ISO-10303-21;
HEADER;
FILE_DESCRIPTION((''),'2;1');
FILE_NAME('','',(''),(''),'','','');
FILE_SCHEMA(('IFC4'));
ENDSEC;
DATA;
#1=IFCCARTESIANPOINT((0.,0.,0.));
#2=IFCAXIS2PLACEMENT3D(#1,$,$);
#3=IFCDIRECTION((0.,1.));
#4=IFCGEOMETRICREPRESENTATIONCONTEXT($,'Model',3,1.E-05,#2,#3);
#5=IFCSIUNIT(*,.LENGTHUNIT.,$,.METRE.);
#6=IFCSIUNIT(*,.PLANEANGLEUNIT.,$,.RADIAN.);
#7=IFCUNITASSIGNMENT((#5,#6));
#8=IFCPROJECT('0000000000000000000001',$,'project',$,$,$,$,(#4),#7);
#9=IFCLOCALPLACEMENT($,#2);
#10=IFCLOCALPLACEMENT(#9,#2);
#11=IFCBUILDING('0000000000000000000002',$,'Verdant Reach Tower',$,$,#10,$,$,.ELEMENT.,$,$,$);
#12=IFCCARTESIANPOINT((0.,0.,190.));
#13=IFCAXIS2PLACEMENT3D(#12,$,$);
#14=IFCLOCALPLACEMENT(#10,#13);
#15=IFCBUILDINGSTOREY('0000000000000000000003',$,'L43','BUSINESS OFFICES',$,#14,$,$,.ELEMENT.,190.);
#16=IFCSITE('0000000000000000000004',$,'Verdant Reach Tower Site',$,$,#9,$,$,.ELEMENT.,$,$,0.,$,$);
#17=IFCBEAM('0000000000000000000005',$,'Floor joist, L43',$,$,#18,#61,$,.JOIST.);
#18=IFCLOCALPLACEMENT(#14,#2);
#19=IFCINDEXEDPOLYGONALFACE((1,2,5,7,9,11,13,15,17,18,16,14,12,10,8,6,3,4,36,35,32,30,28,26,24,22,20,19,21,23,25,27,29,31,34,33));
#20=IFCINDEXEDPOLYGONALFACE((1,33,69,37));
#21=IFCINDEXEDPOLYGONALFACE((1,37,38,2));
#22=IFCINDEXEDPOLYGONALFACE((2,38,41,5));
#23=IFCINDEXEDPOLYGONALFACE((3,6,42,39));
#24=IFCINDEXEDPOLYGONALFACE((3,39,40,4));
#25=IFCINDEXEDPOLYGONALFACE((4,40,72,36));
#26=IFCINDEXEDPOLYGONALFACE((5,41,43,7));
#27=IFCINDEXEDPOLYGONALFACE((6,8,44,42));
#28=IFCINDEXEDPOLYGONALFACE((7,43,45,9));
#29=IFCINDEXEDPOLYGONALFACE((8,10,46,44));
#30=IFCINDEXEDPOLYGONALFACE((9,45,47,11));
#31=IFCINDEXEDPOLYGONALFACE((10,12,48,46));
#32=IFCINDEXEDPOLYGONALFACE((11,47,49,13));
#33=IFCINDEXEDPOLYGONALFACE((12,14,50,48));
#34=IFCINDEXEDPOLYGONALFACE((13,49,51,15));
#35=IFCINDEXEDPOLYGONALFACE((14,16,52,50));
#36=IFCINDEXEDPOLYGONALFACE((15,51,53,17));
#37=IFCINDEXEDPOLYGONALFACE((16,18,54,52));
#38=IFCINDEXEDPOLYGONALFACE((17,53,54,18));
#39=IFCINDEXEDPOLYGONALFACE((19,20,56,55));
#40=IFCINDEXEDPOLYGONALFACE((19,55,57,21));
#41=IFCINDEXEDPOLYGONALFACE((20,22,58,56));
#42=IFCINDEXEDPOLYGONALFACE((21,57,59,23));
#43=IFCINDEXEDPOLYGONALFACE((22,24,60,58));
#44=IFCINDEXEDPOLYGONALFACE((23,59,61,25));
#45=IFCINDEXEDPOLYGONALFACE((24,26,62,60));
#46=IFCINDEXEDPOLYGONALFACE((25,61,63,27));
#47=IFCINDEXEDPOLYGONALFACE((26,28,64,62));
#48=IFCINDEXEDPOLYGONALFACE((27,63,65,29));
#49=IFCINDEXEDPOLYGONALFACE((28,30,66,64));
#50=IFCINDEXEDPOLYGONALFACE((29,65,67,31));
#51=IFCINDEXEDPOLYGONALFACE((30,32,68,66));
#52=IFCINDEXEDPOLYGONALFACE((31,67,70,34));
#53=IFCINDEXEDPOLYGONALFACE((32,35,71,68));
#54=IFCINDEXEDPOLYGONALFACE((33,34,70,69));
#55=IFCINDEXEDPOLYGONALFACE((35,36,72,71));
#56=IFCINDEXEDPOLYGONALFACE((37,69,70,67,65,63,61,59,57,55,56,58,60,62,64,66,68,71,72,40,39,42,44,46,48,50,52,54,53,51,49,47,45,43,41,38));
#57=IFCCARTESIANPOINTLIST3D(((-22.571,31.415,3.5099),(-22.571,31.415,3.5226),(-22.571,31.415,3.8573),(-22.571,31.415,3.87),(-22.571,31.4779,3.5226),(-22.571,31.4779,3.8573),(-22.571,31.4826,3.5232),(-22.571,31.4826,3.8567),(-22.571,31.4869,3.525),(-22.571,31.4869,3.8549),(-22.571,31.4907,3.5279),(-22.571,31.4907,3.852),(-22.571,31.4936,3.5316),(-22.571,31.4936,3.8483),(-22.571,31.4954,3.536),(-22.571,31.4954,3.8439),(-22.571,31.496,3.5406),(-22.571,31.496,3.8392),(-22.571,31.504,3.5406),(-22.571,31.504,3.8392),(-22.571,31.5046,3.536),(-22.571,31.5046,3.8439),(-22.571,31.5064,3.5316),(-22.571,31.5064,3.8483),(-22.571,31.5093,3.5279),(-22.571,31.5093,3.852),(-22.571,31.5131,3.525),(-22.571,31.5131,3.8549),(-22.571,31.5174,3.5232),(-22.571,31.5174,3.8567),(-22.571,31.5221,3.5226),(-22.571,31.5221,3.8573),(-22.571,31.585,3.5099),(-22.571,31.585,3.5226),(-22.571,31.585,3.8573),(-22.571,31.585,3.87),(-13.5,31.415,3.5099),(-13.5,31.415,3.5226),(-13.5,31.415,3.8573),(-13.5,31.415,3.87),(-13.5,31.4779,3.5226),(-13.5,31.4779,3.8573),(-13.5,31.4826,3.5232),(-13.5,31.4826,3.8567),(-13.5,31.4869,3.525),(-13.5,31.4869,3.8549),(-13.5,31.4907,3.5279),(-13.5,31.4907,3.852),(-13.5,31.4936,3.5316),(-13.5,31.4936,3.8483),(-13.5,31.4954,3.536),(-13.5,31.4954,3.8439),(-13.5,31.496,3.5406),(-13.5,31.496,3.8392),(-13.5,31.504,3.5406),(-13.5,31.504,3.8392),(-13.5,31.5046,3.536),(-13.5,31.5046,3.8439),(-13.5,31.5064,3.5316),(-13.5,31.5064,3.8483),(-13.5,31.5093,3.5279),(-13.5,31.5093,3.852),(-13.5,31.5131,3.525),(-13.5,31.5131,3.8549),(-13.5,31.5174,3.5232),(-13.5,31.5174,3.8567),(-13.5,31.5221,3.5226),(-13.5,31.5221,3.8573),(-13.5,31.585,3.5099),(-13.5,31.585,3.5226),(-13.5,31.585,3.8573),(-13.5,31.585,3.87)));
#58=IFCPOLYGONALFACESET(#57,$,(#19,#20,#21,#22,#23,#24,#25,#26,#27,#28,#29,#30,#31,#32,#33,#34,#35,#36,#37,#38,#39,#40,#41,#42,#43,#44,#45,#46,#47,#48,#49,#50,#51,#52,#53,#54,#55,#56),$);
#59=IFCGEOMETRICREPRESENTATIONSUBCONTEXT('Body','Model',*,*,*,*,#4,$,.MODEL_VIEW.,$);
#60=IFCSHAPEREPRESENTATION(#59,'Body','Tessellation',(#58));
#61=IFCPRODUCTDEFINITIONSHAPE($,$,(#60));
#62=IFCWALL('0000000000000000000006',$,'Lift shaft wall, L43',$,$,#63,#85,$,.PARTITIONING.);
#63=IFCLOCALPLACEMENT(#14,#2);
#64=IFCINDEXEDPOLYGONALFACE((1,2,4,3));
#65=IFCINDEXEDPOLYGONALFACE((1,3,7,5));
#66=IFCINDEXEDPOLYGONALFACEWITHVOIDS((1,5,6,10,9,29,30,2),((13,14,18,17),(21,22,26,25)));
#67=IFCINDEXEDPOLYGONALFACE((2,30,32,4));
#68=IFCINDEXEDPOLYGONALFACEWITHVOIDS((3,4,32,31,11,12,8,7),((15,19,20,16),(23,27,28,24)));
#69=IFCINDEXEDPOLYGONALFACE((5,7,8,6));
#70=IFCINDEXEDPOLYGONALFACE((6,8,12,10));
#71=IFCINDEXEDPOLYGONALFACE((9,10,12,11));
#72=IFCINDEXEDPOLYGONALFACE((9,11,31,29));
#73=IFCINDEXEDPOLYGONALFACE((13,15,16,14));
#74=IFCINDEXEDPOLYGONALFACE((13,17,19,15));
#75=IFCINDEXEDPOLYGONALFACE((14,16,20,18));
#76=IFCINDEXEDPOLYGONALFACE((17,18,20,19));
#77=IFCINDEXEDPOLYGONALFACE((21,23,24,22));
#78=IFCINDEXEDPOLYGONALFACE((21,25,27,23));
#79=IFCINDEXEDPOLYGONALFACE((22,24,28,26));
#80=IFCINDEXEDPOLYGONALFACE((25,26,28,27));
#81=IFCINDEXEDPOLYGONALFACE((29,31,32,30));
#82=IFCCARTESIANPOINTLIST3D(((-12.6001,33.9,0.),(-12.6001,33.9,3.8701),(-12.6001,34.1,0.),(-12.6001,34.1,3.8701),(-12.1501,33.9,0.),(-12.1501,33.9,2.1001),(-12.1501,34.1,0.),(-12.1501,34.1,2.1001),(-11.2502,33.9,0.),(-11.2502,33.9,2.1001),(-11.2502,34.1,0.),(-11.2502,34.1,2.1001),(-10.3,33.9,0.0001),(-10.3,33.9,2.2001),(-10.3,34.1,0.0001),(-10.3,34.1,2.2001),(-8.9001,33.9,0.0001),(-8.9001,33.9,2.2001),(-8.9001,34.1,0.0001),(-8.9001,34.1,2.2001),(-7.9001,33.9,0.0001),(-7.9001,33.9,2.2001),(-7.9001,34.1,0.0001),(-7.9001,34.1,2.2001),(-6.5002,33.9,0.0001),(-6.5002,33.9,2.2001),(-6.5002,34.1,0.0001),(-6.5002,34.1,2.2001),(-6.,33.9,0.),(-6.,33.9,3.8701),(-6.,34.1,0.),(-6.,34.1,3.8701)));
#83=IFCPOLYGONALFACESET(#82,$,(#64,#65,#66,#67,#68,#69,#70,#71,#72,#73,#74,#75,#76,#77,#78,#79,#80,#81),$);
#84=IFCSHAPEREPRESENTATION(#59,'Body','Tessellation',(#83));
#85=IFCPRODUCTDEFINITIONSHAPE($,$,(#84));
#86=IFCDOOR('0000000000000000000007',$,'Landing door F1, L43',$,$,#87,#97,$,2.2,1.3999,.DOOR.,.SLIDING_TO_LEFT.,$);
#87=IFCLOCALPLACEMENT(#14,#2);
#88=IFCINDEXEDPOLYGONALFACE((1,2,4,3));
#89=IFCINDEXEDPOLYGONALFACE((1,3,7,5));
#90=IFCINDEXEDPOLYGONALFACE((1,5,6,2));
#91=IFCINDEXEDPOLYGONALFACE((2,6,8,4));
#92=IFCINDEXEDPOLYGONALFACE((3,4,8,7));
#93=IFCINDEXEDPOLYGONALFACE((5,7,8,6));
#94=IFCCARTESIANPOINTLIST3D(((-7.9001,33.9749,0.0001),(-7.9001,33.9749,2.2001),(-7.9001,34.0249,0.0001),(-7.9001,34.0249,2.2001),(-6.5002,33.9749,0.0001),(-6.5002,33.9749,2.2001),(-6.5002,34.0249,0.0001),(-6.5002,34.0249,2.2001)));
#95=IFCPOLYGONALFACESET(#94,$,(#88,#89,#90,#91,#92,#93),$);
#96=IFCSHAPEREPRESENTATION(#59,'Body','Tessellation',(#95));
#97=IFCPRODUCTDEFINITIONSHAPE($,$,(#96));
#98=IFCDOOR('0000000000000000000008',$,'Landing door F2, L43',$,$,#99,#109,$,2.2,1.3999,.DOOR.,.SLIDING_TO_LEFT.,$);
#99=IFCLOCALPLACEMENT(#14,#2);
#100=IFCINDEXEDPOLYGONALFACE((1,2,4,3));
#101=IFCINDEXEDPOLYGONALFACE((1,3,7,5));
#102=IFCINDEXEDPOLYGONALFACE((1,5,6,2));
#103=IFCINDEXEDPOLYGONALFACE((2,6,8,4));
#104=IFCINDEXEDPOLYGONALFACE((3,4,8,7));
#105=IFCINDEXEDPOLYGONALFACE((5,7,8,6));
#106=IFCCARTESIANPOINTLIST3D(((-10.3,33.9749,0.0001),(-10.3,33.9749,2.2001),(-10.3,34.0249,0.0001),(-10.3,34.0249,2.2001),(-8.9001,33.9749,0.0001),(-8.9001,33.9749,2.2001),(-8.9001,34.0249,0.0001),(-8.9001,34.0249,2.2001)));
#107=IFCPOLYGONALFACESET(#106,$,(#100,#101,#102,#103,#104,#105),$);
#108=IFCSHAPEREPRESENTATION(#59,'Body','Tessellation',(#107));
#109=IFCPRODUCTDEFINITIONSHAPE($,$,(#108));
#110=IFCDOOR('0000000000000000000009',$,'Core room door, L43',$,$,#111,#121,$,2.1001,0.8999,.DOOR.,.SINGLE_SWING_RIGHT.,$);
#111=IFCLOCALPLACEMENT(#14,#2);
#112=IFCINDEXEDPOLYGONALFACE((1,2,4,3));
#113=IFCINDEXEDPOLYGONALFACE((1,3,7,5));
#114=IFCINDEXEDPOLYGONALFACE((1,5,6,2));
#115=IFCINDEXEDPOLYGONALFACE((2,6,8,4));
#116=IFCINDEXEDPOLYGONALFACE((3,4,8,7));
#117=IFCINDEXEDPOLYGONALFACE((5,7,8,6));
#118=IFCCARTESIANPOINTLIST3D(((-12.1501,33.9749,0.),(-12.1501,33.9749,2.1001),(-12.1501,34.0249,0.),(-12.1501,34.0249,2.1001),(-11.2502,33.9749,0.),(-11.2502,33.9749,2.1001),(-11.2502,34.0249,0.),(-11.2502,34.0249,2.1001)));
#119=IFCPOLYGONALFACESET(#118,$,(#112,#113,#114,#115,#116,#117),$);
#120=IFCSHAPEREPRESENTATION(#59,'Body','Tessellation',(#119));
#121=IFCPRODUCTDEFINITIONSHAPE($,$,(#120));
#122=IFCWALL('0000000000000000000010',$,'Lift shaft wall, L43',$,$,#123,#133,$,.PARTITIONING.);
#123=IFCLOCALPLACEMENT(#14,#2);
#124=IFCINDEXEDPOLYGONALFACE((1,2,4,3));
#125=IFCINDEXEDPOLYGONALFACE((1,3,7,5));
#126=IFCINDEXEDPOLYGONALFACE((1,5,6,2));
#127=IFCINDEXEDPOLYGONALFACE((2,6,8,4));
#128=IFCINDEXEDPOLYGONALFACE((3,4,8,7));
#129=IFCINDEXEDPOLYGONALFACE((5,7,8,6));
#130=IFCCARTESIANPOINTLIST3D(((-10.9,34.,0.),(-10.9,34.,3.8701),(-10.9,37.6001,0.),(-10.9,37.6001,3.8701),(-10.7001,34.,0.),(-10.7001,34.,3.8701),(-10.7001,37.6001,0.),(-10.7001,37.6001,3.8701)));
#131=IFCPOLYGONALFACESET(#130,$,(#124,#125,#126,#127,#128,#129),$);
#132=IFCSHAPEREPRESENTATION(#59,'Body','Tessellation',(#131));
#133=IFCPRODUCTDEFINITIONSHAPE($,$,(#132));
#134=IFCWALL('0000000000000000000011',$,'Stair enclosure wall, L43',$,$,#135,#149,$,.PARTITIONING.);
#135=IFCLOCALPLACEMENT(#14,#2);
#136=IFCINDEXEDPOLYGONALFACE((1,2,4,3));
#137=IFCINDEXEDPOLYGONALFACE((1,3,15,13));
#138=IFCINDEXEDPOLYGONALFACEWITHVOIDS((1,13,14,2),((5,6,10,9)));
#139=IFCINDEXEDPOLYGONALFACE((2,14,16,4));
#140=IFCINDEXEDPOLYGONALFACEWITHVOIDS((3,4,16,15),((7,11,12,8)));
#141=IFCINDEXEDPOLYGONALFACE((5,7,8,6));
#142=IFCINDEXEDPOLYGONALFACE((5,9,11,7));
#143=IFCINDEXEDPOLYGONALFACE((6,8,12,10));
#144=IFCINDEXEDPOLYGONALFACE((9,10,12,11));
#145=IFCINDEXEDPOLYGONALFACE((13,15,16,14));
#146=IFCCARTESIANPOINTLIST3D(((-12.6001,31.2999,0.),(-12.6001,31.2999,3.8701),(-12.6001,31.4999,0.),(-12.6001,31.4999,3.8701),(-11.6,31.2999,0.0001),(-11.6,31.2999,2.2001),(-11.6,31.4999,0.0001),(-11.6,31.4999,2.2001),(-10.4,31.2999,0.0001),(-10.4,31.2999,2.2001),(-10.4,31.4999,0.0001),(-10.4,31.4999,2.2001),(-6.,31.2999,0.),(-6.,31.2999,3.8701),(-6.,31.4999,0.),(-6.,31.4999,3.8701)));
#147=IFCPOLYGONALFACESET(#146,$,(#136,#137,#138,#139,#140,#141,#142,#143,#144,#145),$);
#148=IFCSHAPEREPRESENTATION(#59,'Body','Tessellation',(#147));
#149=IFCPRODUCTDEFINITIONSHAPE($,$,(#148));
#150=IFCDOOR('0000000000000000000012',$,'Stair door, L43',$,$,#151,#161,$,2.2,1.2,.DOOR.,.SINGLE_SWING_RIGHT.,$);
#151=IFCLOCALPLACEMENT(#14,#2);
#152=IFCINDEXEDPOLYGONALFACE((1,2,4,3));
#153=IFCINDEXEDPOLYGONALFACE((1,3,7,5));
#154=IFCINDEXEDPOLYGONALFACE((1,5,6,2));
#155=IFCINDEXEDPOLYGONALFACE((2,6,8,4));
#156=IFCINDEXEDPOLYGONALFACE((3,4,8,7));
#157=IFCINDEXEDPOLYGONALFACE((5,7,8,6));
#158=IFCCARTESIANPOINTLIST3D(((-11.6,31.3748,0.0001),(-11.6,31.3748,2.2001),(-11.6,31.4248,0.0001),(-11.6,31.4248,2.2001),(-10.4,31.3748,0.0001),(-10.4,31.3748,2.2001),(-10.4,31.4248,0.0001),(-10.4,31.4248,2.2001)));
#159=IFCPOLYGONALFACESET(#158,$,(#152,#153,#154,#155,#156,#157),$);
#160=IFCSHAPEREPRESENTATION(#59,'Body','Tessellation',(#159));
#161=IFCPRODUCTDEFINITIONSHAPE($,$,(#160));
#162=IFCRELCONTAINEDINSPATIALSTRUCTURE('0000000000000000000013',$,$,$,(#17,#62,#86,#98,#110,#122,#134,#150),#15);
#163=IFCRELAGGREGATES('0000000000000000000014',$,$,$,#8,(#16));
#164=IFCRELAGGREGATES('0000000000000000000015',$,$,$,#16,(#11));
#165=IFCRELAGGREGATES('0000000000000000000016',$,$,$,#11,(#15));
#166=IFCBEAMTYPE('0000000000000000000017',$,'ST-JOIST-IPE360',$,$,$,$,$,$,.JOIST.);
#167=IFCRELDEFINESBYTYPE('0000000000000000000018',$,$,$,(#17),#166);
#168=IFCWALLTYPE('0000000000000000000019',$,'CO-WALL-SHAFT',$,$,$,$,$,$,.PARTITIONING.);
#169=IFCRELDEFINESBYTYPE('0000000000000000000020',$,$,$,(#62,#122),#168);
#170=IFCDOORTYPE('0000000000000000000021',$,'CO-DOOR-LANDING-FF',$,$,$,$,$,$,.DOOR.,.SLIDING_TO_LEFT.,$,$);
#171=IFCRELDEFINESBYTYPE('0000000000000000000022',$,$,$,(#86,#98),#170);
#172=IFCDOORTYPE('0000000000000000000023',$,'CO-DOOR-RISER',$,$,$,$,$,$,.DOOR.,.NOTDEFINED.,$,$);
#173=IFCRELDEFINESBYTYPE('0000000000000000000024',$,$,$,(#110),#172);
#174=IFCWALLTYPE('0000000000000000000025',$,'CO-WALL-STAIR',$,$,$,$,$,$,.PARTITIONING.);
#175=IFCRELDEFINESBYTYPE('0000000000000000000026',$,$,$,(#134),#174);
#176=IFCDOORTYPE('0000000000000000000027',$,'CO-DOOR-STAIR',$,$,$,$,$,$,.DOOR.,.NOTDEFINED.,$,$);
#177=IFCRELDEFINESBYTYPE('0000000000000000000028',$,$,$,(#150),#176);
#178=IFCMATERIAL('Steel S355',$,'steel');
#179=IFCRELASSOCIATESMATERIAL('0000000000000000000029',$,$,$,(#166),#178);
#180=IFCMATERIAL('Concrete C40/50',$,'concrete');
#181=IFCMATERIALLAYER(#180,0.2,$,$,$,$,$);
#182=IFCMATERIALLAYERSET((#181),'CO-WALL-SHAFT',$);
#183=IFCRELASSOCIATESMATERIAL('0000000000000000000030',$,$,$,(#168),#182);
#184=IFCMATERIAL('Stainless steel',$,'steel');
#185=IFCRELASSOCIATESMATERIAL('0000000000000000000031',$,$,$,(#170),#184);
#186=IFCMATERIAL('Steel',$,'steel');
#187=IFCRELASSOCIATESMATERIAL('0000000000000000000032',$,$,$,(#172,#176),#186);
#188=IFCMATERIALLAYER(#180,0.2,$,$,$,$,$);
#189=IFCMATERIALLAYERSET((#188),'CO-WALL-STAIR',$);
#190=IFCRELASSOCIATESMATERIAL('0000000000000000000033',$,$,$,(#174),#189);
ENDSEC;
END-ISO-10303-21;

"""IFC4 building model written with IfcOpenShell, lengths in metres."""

from ifc_helpers import new_model, si_unit, direction, frame, frame_2d, origin, origin_2d, place, context, subcontext, project, spatial, rectangle, i_section, extrude, material, layer, layer_set, material_profile, profile_set, type_object, element, fill, save


model = new_model("IFC4")

# Units and contexts
model_context = context("Model", 3, precision=1e-05, world=origin(), true_north=direction((0.0, 1.0)))
body_context = subcontext(model_context, "Body", "Model", "MODEL_VIEW")
ifc_project = project(units=[si_unit("LENGTHUNIT", "METRE"), si_unit("PLANEANGLEUNIT", "RADIAN")], contexts=[model_context])

# Site, building, storey
site_placement = place(None, origin())
site = spatial("IfcSite", under=ifc_project, at=site_placement, Name="Verdant Reach Tower Site", CompositionType="ELEMENT", RefElevation=0.0)
building_placement = place(site_placement, origin())
building = spatial("IfcBuilding", under=site, at=building_placement, Name="Verdant Reach Tower", CompositionType="ELEMENT")
storey_placement = place(building_placement, frame((0.0, 0.0, 190.0)))
storey = spatial("IfcBuildingStorey", under=building, at=storey_placement, Name="L43", Description="BUSINESS OFFICES", CompositionType="ELEMENT", Elevation=190.0)

# Beam
ifc_material_1 = material(Name="Steel S355", Category="steel")
ifc_material_profile = material_profile(ifc_material_1, i_section(OverallWidth=0.1699, OverallDepth=0.3601, WebThickness=0.0081, FlangeThickness=0.0127, FilletRadius=0.0181, at=origin_2d()), Name="IPE 360")
ifc_profile_set = profile_set([ifc_material_profile], Name="Steel S355")
beam_type = type_object("IfcBeamType", Name="ST-JOIST-IPE360", PredefinedType="JOIST", material=ifc_profile_set)
beam_placement = place(storey_placement, frame((-13.5, 31.5, 3.6899), z_axis=(-1.0, 0.0, 0.0), x_axis=(0.0, -1.0, 0.0)))
element("IfcBeam", 1, at=beam_placement, inside=storey, type_object=beam_type, Name="Floor joist, L43", PredefinedType="JOIST", context=body_context, shape_type="SweptSolid", body=[
    extrude(i_section(OverallWidth=0.1699, OverallDepth=0.3601, WebThickness=0.0081, FlangeThickness=0.0127, FilletRadius=0.0181, at=origin_2d()), origin(), (0.0, 0.0, 1.0), 9.071),
])

# Wall, openings, doors
ifc_material_2 = material(Name="Concrete C40/50", Category="concrete")
ifc_layer_1 = layer(ifc_material_2, 0.2)
ifc_layer_set_1 = layer_set([ifc_layer_1], Name="CO-WALL-SHAFT")
wall_type_1 = type_object("IfcWallType", Name="CO-WALL-SHAFT", PredefinedType="PARTITIONING", material=ifc_layer_set_1)
wall_1_placement = place(storey_placement, frame((-12.6001, 34.0, 0.0), z_axis=(0.0, 0.0, 1.0), x_axis=(1.0, 0.0, 0.0)))
wall_1 = element("IfcWall", 2, at=wall_1_placement, inside=storey, type_object=wall_type_1, Name="Lift shaft wall, L43", PredefinedType="PARTITIONING", context=body_context, shape_type="SweptSolid", body=[
    extrude(rectangle(XDim=6.6001, YDim=0.2, at=frame_2d((3.3, 0.0))), origin(), (0.0, 0.0, 1.0), 3.8701),
])
opening_1_placement = place(wall_1_placement, frame((4.7, 0.0, 0.0)))
opening_1 = element("IfcOpeningElement", 3, at=opening_1_placement, cuts=wall_1, PredefinedType="OPENING", context=body_context, shape_type="SweptSolid", body=[
    extrude(rectangle(XDim=1.3999, YDim=2.2, at=frame_2d((0.7, 1.1001))), frame((0.0, 0.1099, 0.0), z_axis=(0.0, -1.0, 0.0), x_axis=(1.0, 0.0, 0.0)), (0.0, 0.0, 1.0), 0.22),
])
opening_2_placement = place(wall_1_placement, frame((2.3, 0.0, 0.0)))
opening_2 = element("IfcOpeningElement", 4, at=opening_2_placement, cuts=wall_1, PredefinedType="OPENING", context=body_context, shape_type="SweptSolid", body=[
    extrude(rectangle(XDim=1.3999, YDim=2.2, at=frame_2d((0.7, 1.1001))), frame((0.0, 0.1099, 0.0), z_axis=(0.0, -1.0, 0.0), x_axis=(1.0, 0.0, 0.0)), (0.0, 0.0, 1.0), 0.22),
])
opening_3_placement = place(wall_1_placement, frame((0.45, 0.0, 0.0)))
opening_3 = element("IfcOpeningElement", 5, at=opening_3_placement, cuts=wall_1, PredefinedType="OPENING", context=body_context, shape_type="SweptSolid", body=[
    extrude(rectangle(XDim=0.8999, YDim=2.1001, at=frame_2d((0.45, 1.05))), frame((0.0, 0.1099, 0.0), z_axis=(0.0, -1.0, 0.0), x_axis=(1.0, 0.0, 0.0)), (0.0, 0.0, 1.0), 0.22),
])
ifc_material_3 = material(Name="Stainless steel", Category="steel")
door_type_1 = type_object("IfcDoorType", Name="CO-DOOR-LANDING-FF", OperationType="SLIDING_TO_LEFT", PredefinedType="DOOR", material=ifc_material_3)
door_1_placement = place(opening_1_placement, origin())
door_1 = element("IfcDoor", 6, at=door_1_placement, inside=storey, type_object=door_type_1, Name="Landing door F1, L43", OperationType="SLIDING_TO_LEFT", OverallHeight=2.2, OverallWidth=1.3999, PredefinedType="DOOR", context=body_context, shape_type="SweptSolid", body=[
    extrude(rectangle(XDim=1.3999, YDim=2.2, at=frame_2d((0.7, 1.1001))), frame((0.0, 0.0249, 0.0), z_axis=(0.0, -1.0, 0.0), x_axis=(1.0, 0.0, 0.0)), (0.0, 0.0, 1.0), 0.05),
])
fill(opening_1, door_1)
door_2_placement = place(opening_2_placement, origin())
door_2 = element("IfcDoor", 7, at=door_2_placement, inside=storey, type_object=door_type_1, Name="Landing door F2, L43", OperationType="SLIDING_TO_LEFT", OverallHeight=2.2, OverallWidth=1.3999, PredefinedType="DOOR", context=body_context, shape_type="SweptSolid", body=[
    extrude(rectangle(XDim=1.3999, YDim=2.2, at=frame_2d((0.7, 1.1001))), frame((0.0, 0.0249, 0.0), z_axis=(0.0, -1.0, 0.0), x_axis=(1.0, 0.0, 0.0)), (0.0, 0.0, 1.0), 0.05),
])
fill(opening_2, door_2)
ifc_material_4 = material(Name="Steel", Category="steel")
door_type_2 = type_object("IfcDoorType", Name="CO-DOOR-RISER", OperationType="NOTDEFINED", PredefinedType="DOOR", material=ifc_material_4)
door_3_placement = place(opening_3_placement, origin())
door_3 = element("IfcDoor", 8, at=door_3_placement, inside=storey, type_object=door_type_2, Name="Core room door, L43", OperationType="SINGLE_SWING_RIGHT", OverallHeight=2.1001, OverallWidth=0.8999, PredefinedType="DOOR", context=body_context, shape_type="SweptSolid", body=[
    extrude(rectangle(XDim=0.8999, YDim=2.1001, at=frame_2d((0.45, 1.05))), frame((0.0, 0.0249, 0.0), z_axis=(0.0, -1.0, 0.0), x_axis=(1.0, 0.0, 0.0)), (0.0, 0.0, 1.0), 0.05),
])
fill(opening_3, door_3)

# Wall
wall_2_placement = place(storey_placement, frame((-10.8, 34.0, 0.0), z_axis=(0.0, 0.0, 1.0), x_axis=(0.0, 1.0, 0.0)))
element("IfcWall", 9, at=wall_2_placement, inside=storey, type_object=wall_type_1, Name="Lift shaft wall, L43", PredefinedType="PARTITIONING", context=body_context, shape_type="SweptSolid", body=[
    extrude(rectangle(XDim=3.6001, YDim=0.2, at=frame_2d((1.8, 0.0))), origin(), (0.0, 0.0, 1.0), 3.8701),
])

# Wall, opening, door
ifc_layer_2 = layer(ifc_material_2, 0.2)
ifc_layer_set_2 = layer_set([ifc_layer_2], Name="CO-WALL-STAIR")
wall_type_2 = type_object("IfcWallType", Name="CO-WALL-STAIR", PredefinedType="PARTITIONING", material=ifc_layer_set_2)
wall_3_placement = place(storey_placement, frame((-12.6001, 31.3999, 0.0), z_axis=(0.0, 0.0, 1.0), x_axis=(1.0, 0.0, 0.0)))
wall_3 = element("IfcWall", 10, at=wall_3_placement, inside=storey, type_object=wall_type_2, Name="Stair enclosure wall, L43", PredefinedType="PARTITIONING", context=body_context, shape_type="SweptSolid", body=[
    extrude(rectangle(XDim=6.6001, YDim=0.2, at=frame_2d((3.3, 0.0))), origin(), (0.0, 0.0, 1.0), 3.8701),
])
opening_4_placement = place(wall_3_placement, frame((1.0, 0.0, 0.0)))
opening_4 = element("IfcOpeningElement", 11, at=opening_4_placement, cuts=wall_3, PredefinedType="OPENING", context=body_context, shape_type="SweptSolid", body=[
    extrude(rectangle(XDim=1.2, YDim=2.2, at=frame_2d((0.6001, 1.1001))), frame((0.0, 0.1099, 0.0), z_axis=(0.0, -1.0, 0.0), x_axis=(1.0, 0.0, 0.0)), (0.0, 0.0, 1.0), 0.22),
])
door_type_3 = type_object("IfcDoorType", Name="CO-DOOR-STAIR", OperationType="NOTDEFINED", PredefinedType="DOOR", material=ifc_material_4)
door_4_placement = place(opening_4_placement, origin())
door_4 = element("IfcDoor", 12, at=door_4_placement, inside=storey, type_object=door_type_3, Name="Stair door, L43", OperationType="SINGLE_SWING_RIGHT", OverallHeight=2.2, OverallWidth=1.2, PredefinedType="DOOR", context=body_context, shape_type="SweptSolid", body=[
    extrude(rectangle(XDim=1.2, YDim=2.2, at=frame_2d((0.6001, 1.1001))), frame((0.0, 0.0249, 0.0), z_axis=(0.0, -1.0, 0.0), x_axis=(1.0, 0.0, 0.0)), (0.0, 0.0, 1.0), 0.05),
])
fill(opening_4, door_4)

save(model, "model.ifc")
